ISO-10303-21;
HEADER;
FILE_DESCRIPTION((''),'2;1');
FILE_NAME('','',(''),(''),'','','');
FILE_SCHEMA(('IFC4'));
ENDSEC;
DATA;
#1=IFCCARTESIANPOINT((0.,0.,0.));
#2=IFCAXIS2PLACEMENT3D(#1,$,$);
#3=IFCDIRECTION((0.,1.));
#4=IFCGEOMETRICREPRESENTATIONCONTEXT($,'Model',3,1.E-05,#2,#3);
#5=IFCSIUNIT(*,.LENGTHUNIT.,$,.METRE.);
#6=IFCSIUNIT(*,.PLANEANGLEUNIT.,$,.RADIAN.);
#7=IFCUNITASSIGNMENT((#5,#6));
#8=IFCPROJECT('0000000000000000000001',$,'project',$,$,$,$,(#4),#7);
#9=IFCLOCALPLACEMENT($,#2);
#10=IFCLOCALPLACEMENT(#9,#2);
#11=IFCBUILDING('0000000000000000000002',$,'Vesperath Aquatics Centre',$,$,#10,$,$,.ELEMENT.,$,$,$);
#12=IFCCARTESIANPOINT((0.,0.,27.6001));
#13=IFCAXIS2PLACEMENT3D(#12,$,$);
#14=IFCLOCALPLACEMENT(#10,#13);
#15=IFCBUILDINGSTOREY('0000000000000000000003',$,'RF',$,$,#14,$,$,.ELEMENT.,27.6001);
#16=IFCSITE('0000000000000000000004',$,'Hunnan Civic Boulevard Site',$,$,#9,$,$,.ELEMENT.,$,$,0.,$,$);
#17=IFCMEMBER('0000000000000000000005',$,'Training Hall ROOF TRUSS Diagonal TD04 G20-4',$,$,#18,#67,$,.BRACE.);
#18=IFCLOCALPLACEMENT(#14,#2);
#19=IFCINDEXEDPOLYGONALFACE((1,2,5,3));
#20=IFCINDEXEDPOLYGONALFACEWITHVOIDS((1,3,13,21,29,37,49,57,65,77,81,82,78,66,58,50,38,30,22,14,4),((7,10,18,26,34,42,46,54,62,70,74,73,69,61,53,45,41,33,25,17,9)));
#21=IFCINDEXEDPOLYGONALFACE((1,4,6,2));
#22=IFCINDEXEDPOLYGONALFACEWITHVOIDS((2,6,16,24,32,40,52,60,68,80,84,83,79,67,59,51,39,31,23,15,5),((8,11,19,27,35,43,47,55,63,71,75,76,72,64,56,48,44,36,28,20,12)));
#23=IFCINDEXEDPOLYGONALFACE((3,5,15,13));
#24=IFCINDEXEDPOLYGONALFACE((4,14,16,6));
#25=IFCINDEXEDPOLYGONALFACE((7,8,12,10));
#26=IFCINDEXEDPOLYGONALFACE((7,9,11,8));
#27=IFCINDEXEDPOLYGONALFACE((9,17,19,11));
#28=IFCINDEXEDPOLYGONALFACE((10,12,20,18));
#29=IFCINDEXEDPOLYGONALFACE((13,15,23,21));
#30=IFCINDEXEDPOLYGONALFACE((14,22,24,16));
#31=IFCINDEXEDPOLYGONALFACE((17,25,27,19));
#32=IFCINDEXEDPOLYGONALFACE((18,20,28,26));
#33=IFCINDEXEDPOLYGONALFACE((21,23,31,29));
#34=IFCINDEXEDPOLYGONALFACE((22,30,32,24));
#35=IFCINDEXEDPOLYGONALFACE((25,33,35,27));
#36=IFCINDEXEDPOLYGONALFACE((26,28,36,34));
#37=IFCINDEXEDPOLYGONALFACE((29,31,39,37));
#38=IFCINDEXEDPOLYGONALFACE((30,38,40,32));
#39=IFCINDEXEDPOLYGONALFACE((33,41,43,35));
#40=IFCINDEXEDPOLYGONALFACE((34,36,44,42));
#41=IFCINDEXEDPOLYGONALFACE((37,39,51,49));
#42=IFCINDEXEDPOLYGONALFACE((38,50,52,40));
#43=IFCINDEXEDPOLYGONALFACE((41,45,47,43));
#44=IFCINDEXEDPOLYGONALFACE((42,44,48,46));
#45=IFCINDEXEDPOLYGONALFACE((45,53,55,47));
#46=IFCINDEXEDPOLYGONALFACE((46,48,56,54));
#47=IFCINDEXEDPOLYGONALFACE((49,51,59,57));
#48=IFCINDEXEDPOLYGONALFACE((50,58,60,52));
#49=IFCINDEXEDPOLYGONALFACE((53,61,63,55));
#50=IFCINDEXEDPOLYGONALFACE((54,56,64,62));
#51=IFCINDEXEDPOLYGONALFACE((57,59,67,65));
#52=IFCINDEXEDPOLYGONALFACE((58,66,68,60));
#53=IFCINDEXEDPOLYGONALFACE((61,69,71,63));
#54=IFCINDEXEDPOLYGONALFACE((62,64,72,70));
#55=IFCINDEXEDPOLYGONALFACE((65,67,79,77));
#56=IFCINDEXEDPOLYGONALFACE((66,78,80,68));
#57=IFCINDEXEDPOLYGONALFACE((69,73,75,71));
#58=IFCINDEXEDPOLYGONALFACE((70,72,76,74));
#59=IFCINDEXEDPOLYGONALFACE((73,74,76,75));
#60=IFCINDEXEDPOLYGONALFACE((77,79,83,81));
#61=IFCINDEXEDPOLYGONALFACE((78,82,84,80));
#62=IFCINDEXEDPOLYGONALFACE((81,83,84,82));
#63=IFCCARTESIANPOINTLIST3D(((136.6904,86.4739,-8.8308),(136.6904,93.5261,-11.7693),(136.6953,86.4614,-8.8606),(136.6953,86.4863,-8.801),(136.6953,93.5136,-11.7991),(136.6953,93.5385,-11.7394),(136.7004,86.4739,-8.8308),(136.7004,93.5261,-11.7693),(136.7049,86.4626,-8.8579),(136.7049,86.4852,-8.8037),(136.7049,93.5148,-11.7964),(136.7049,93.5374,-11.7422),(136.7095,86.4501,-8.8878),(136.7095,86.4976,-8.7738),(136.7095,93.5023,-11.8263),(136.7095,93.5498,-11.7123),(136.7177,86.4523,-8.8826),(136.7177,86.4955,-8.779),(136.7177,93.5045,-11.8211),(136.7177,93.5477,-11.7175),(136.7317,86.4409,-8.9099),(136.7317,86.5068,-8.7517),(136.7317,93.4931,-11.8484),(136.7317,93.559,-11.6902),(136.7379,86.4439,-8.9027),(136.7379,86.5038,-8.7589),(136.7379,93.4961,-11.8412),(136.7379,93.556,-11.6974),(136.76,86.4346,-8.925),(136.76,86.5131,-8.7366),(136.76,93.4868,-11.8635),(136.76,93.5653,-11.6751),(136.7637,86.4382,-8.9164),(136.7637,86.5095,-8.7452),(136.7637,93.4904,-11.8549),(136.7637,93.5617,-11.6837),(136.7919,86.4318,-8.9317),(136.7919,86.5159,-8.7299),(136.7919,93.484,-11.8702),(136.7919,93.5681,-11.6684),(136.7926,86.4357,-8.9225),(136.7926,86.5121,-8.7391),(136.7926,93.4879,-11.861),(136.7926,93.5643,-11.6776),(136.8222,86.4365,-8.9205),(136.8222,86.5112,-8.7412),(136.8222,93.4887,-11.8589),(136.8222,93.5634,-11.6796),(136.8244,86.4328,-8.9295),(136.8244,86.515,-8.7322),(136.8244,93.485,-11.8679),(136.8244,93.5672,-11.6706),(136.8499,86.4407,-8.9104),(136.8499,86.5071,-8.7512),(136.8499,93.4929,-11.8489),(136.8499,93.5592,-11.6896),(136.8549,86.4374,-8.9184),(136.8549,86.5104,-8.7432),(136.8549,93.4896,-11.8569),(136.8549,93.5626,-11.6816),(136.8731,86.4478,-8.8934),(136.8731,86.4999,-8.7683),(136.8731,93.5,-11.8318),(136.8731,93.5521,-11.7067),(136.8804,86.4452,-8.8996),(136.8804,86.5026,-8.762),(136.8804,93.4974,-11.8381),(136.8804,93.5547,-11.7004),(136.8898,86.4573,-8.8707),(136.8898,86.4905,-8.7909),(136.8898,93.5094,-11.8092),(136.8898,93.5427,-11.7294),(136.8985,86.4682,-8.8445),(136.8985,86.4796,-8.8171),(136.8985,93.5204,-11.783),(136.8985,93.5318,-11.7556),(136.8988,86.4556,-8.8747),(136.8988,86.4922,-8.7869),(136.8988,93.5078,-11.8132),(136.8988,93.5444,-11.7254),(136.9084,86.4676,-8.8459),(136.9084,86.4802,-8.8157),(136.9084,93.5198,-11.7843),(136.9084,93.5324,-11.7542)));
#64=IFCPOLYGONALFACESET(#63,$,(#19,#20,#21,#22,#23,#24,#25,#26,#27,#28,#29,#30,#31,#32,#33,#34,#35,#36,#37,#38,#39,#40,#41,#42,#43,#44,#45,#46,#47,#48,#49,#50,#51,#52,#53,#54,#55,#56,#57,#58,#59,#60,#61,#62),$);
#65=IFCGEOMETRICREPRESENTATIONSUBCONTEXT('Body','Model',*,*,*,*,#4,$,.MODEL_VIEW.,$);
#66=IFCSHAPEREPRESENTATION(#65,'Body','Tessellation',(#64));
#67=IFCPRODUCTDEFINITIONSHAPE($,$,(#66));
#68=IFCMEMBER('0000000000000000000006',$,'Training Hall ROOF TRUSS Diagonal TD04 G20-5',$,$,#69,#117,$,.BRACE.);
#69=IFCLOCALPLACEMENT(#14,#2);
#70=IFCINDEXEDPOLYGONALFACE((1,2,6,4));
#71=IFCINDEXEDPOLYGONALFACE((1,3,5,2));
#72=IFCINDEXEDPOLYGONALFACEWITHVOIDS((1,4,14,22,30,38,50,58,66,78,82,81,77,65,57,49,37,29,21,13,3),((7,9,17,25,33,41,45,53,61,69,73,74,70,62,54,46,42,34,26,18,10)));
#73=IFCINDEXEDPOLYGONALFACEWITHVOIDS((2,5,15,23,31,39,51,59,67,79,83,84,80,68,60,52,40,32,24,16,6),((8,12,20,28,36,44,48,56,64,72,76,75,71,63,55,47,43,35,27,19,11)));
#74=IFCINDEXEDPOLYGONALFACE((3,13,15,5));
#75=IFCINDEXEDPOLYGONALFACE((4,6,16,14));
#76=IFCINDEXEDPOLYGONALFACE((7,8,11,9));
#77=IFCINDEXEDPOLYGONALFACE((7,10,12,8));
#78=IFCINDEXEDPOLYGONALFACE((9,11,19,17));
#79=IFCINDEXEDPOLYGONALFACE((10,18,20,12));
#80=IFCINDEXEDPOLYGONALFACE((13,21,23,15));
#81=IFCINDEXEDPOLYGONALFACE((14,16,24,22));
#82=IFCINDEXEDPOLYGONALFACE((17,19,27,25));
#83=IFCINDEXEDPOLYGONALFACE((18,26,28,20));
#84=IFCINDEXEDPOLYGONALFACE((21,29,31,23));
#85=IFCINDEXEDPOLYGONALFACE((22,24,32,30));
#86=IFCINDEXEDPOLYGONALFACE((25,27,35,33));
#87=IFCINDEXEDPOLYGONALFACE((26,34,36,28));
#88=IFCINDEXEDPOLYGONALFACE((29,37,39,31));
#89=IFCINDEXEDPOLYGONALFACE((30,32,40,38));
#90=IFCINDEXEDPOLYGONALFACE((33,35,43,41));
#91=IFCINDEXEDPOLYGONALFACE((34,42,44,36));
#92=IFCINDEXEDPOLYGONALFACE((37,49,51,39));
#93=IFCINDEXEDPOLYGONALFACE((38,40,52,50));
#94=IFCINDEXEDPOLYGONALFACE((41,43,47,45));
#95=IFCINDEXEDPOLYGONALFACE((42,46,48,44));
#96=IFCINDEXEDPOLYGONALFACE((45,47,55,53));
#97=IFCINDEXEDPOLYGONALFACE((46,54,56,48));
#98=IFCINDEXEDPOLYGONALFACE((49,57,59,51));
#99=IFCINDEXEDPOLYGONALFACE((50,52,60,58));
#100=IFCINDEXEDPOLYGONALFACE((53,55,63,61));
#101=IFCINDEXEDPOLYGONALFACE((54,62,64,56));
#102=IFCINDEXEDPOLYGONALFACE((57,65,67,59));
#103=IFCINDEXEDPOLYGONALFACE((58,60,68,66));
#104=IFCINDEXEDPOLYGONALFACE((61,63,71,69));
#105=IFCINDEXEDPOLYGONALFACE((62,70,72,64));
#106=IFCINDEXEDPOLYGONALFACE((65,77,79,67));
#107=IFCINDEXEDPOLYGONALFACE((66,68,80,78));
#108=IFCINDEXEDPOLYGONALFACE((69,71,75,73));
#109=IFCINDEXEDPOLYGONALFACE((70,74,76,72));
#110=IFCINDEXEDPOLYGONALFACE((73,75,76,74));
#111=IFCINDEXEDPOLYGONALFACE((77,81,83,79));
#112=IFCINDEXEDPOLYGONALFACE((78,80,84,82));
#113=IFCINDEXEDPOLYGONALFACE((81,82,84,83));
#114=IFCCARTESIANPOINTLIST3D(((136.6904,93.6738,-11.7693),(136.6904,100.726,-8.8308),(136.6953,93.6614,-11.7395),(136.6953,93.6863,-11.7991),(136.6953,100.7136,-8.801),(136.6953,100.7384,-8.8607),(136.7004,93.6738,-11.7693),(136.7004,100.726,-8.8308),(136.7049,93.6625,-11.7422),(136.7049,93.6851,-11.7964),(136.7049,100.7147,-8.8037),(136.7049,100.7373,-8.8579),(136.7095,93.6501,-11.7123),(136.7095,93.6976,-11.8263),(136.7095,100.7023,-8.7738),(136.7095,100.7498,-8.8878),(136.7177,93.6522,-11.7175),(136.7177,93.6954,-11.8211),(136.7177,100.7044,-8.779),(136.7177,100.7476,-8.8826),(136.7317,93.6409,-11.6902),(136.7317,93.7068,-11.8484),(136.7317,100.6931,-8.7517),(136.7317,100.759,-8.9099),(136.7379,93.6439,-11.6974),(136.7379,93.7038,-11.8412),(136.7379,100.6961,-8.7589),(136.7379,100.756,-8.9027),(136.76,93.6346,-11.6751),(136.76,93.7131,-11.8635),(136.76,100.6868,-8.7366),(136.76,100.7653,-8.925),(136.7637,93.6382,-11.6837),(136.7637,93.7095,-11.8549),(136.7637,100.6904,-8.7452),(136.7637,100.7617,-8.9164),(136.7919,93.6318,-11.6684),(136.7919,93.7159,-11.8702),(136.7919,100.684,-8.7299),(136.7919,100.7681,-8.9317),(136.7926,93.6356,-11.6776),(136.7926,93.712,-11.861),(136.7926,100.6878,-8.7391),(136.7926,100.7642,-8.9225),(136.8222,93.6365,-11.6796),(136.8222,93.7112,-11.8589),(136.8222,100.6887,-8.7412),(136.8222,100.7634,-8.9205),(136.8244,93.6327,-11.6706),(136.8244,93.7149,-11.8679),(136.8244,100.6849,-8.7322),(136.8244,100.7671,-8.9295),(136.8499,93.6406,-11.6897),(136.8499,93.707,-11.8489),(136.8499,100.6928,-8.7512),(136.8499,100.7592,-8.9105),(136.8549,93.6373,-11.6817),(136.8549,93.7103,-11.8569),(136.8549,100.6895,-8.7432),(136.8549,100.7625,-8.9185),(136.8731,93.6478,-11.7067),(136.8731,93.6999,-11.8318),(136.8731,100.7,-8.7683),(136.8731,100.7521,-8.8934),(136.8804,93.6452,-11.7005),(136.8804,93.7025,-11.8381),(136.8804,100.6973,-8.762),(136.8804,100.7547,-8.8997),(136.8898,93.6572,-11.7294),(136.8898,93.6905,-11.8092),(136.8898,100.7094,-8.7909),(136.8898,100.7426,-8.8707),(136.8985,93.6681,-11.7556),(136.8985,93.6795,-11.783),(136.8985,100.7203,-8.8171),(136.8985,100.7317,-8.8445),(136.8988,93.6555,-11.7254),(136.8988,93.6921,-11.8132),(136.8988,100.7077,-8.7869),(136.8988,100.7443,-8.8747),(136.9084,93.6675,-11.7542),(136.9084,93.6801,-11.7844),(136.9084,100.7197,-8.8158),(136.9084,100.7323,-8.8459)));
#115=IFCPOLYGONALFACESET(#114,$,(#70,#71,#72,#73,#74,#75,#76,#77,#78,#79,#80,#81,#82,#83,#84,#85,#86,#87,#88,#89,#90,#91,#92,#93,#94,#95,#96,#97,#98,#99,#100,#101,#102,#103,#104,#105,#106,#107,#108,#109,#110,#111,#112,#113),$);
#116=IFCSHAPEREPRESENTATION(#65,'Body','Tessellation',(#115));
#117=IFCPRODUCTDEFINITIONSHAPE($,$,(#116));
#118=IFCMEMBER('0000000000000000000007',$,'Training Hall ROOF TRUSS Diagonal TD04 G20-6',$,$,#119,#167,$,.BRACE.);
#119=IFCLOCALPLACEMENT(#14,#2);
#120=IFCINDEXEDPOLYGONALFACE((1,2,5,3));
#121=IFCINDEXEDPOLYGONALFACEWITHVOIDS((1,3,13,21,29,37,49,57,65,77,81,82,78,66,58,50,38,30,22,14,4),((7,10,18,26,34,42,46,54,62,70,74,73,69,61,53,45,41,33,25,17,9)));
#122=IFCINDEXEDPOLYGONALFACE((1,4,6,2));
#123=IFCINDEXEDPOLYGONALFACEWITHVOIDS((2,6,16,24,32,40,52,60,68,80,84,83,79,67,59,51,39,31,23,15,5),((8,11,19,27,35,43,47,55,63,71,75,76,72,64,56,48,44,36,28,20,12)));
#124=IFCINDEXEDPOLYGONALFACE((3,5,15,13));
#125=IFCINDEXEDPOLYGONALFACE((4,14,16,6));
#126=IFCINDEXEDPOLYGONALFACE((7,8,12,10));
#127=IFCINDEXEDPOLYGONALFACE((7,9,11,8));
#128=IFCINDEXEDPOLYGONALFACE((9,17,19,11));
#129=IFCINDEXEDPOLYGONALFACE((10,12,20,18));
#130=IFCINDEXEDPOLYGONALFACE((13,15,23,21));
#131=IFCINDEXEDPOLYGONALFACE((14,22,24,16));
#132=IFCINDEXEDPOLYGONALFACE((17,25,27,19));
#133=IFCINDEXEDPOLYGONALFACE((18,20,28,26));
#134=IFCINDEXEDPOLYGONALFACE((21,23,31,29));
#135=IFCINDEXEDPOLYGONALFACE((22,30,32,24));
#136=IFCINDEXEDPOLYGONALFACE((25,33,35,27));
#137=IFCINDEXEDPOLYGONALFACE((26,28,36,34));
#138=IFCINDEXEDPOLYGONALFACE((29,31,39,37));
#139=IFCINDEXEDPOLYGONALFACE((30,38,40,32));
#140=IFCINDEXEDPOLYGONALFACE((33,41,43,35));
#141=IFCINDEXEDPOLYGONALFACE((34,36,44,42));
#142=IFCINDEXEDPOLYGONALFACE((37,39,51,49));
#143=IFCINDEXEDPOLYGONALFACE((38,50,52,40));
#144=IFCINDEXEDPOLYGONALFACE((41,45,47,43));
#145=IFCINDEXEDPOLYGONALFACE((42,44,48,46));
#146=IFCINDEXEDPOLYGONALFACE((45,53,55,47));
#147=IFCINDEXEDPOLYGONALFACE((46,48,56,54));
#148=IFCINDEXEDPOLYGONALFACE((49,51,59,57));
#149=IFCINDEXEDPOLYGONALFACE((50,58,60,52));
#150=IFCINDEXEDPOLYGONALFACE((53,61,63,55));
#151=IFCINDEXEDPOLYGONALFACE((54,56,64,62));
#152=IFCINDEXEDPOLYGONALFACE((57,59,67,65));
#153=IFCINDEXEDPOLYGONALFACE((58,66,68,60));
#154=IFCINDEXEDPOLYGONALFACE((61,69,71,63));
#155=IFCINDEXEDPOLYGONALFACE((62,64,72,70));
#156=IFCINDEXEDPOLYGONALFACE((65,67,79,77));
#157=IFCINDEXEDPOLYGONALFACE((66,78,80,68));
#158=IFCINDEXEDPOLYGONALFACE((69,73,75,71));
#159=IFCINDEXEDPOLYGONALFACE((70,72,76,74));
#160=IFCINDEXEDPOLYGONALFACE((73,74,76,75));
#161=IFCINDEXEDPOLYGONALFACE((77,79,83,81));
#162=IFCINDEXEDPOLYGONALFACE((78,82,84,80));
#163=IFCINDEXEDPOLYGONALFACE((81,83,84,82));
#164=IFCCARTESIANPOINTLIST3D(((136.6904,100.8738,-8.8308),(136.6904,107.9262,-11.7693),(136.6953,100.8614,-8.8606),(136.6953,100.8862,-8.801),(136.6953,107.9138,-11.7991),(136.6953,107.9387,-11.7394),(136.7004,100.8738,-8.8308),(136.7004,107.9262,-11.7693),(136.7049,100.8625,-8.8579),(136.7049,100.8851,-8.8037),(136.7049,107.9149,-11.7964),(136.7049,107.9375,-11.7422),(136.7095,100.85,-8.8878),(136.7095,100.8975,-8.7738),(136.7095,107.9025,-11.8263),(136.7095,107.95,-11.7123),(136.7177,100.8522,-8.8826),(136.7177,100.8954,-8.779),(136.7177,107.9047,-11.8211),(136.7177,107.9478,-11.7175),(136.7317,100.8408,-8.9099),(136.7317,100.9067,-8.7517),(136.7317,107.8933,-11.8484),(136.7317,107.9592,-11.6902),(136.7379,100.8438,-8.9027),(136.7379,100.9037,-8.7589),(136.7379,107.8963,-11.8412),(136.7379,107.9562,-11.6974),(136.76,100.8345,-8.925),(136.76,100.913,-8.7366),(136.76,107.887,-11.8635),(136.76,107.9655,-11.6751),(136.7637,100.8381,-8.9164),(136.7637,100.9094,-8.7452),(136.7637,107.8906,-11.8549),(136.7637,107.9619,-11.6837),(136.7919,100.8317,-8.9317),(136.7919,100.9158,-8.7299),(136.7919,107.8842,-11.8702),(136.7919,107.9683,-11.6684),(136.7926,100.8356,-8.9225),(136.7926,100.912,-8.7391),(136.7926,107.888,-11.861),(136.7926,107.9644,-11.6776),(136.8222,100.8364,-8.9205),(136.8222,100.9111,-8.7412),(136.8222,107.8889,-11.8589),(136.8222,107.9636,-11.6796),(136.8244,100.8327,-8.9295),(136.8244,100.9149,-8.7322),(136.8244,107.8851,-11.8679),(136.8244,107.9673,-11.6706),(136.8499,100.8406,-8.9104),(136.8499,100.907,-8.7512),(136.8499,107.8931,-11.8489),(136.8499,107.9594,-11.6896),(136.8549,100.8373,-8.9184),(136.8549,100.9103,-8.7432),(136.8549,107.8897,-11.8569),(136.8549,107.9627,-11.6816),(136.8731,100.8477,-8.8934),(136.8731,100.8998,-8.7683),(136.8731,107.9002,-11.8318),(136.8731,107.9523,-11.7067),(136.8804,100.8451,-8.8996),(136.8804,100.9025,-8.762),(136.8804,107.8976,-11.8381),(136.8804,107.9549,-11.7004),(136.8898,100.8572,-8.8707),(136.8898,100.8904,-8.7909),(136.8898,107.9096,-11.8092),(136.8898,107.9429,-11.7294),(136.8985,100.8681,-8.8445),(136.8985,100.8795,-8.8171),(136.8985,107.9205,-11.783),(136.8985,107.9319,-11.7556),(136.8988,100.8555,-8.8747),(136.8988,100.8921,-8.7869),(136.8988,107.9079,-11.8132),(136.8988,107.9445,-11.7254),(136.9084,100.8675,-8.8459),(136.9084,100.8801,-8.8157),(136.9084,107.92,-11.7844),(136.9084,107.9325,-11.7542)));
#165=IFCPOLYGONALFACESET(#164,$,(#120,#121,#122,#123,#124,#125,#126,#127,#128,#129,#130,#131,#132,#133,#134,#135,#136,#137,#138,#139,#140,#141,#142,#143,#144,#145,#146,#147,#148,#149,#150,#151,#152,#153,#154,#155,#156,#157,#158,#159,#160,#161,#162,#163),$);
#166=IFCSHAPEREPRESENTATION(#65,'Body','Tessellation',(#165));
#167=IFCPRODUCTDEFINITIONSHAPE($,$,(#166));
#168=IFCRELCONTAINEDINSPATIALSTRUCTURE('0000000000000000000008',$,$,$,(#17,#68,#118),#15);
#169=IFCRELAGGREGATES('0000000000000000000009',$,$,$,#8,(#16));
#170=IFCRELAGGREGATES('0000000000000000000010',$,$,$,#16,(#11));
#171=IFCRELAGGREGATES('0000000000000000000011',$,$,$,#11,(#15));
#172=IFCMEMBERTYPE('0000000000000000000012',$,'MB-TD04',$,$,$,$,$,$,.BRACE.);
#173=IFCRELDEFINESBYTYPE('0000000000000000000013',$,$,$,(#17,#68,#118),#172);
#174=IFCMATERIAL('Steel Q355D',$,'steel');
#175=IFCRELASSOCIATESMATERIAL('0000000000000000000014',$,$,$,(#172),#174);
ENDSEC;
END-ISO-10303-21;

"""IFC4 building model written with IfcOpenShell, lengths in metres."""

from ifc_helpers import new_model, si_unit, direction, frame, origin, origin_2d, place, context, subcontext, project, spatial, hollow_circle, extrude, material, material_profile, profile_set, type_object, element, save


model = new_model("IFC4")

# Units and contexts
model_context = context("Model", 3, precision=1e-05, world=origin(), true_north=direction((0.0, 1.0)))
body_context = subcontext(model_context, "Body", "Model", "MODEL_VIEW")
ifc_project = project(units=[si_unit("LENGTHUNIT", "METRE"), si_unit("PLANEANGLEUNIT", "RADIAN")], contexts=[model_context])

# Site, building, storey
site_placement = place(None, origin())
site = spatial("IfcSite", under=ifc_project, at=site_placement, Name="Hunnan Civic Boulevard Site", CompositionType="ELEMENT", RefElevation=0.0)
building_placement = place(site_placement, origin())
building = spatial("IfcBuilding", under=site, at=building_placement, Name="Vesperath Aquatics Centre", CompositionType="ELEMENT")
storey_placement = place(building_placement, frame((0.0, 0.0, 27.6001)))
storey = spatial("IfcBuildingStorey", under=building, at=storey_placement, Name="RF", CompositionType="ELEMENT", Elevation=27.6001)

# Members
ifc_material_1 = material(Name="Steel Q355D", Category="steel")
ifc_material_profile_1 = material_profile(ifc_material_1, hollow_circle(Radius=0.1096, WallThickness=0.01, at=origin_2d()), Name="CHS 219.1x10")
ifc_profile_set_1 = profile_set([ifc_material_profile_1], Name="Steel Q355D")
member_type_1 = type_object("IfcMemberType", Name="MB-TD04", PredefinedType="BRACE", material=ifc_profile_set_1)
for number, where, z_axis, x_axis, name in (
    (1, (136.8, 86.4739, -8.8308), (0.0, 0.923075, -0.38462), (-1.0, 0.0, 0.0), "Training Hall ROOF TRUSS Diagonal TD04 G20-4"),
    (2, (136.8, 93.6738, -11.7693), (0.0, 0.923075, 0.38462), (-1.0, 0.0, 0.0), "Training Hall ROOF TRUSS Diagonal TD04 G20-5"),
):
    element("IfcMember", number, at=place(storey_placement, frame(where, z_axis=z_axis, x_axis=x_axis)), inside=storey, type_object=member_type_1, Name=name, PredefinedType="BRACE", context=body_context, shape_type="SweptSolid", body=[
        extrude(hollow_circle(Radius=0.1096, WallThickness=0.01, at=origin_2d()), origin(), (0.0, 0.0, 1.0), 7.6399),
    ])
member_placement = place(storey_placement, frame((136.8, 100.8738, -8.8308), z_axis=(0.0, 0.92308, -0.384609), x_axis=(-1.0, 0.0, 0.0)))
element("IfcMember", 3, at=member_placement, inside=storey, type_object=member_type_1, Name="Training Hall ROOF TRUSS Diagonal TD04 G20-6", PredefinedType="BRACE", context=body_context, shape_type="SweptSolid", body=[
    extrude(hollow_circle(Radius=0.1096, WallThickness=0.01, at=origin_2d()), origin(), (0.0, 0.0, 1.0), 7.6401),
])

save(model, "model.ifc")
